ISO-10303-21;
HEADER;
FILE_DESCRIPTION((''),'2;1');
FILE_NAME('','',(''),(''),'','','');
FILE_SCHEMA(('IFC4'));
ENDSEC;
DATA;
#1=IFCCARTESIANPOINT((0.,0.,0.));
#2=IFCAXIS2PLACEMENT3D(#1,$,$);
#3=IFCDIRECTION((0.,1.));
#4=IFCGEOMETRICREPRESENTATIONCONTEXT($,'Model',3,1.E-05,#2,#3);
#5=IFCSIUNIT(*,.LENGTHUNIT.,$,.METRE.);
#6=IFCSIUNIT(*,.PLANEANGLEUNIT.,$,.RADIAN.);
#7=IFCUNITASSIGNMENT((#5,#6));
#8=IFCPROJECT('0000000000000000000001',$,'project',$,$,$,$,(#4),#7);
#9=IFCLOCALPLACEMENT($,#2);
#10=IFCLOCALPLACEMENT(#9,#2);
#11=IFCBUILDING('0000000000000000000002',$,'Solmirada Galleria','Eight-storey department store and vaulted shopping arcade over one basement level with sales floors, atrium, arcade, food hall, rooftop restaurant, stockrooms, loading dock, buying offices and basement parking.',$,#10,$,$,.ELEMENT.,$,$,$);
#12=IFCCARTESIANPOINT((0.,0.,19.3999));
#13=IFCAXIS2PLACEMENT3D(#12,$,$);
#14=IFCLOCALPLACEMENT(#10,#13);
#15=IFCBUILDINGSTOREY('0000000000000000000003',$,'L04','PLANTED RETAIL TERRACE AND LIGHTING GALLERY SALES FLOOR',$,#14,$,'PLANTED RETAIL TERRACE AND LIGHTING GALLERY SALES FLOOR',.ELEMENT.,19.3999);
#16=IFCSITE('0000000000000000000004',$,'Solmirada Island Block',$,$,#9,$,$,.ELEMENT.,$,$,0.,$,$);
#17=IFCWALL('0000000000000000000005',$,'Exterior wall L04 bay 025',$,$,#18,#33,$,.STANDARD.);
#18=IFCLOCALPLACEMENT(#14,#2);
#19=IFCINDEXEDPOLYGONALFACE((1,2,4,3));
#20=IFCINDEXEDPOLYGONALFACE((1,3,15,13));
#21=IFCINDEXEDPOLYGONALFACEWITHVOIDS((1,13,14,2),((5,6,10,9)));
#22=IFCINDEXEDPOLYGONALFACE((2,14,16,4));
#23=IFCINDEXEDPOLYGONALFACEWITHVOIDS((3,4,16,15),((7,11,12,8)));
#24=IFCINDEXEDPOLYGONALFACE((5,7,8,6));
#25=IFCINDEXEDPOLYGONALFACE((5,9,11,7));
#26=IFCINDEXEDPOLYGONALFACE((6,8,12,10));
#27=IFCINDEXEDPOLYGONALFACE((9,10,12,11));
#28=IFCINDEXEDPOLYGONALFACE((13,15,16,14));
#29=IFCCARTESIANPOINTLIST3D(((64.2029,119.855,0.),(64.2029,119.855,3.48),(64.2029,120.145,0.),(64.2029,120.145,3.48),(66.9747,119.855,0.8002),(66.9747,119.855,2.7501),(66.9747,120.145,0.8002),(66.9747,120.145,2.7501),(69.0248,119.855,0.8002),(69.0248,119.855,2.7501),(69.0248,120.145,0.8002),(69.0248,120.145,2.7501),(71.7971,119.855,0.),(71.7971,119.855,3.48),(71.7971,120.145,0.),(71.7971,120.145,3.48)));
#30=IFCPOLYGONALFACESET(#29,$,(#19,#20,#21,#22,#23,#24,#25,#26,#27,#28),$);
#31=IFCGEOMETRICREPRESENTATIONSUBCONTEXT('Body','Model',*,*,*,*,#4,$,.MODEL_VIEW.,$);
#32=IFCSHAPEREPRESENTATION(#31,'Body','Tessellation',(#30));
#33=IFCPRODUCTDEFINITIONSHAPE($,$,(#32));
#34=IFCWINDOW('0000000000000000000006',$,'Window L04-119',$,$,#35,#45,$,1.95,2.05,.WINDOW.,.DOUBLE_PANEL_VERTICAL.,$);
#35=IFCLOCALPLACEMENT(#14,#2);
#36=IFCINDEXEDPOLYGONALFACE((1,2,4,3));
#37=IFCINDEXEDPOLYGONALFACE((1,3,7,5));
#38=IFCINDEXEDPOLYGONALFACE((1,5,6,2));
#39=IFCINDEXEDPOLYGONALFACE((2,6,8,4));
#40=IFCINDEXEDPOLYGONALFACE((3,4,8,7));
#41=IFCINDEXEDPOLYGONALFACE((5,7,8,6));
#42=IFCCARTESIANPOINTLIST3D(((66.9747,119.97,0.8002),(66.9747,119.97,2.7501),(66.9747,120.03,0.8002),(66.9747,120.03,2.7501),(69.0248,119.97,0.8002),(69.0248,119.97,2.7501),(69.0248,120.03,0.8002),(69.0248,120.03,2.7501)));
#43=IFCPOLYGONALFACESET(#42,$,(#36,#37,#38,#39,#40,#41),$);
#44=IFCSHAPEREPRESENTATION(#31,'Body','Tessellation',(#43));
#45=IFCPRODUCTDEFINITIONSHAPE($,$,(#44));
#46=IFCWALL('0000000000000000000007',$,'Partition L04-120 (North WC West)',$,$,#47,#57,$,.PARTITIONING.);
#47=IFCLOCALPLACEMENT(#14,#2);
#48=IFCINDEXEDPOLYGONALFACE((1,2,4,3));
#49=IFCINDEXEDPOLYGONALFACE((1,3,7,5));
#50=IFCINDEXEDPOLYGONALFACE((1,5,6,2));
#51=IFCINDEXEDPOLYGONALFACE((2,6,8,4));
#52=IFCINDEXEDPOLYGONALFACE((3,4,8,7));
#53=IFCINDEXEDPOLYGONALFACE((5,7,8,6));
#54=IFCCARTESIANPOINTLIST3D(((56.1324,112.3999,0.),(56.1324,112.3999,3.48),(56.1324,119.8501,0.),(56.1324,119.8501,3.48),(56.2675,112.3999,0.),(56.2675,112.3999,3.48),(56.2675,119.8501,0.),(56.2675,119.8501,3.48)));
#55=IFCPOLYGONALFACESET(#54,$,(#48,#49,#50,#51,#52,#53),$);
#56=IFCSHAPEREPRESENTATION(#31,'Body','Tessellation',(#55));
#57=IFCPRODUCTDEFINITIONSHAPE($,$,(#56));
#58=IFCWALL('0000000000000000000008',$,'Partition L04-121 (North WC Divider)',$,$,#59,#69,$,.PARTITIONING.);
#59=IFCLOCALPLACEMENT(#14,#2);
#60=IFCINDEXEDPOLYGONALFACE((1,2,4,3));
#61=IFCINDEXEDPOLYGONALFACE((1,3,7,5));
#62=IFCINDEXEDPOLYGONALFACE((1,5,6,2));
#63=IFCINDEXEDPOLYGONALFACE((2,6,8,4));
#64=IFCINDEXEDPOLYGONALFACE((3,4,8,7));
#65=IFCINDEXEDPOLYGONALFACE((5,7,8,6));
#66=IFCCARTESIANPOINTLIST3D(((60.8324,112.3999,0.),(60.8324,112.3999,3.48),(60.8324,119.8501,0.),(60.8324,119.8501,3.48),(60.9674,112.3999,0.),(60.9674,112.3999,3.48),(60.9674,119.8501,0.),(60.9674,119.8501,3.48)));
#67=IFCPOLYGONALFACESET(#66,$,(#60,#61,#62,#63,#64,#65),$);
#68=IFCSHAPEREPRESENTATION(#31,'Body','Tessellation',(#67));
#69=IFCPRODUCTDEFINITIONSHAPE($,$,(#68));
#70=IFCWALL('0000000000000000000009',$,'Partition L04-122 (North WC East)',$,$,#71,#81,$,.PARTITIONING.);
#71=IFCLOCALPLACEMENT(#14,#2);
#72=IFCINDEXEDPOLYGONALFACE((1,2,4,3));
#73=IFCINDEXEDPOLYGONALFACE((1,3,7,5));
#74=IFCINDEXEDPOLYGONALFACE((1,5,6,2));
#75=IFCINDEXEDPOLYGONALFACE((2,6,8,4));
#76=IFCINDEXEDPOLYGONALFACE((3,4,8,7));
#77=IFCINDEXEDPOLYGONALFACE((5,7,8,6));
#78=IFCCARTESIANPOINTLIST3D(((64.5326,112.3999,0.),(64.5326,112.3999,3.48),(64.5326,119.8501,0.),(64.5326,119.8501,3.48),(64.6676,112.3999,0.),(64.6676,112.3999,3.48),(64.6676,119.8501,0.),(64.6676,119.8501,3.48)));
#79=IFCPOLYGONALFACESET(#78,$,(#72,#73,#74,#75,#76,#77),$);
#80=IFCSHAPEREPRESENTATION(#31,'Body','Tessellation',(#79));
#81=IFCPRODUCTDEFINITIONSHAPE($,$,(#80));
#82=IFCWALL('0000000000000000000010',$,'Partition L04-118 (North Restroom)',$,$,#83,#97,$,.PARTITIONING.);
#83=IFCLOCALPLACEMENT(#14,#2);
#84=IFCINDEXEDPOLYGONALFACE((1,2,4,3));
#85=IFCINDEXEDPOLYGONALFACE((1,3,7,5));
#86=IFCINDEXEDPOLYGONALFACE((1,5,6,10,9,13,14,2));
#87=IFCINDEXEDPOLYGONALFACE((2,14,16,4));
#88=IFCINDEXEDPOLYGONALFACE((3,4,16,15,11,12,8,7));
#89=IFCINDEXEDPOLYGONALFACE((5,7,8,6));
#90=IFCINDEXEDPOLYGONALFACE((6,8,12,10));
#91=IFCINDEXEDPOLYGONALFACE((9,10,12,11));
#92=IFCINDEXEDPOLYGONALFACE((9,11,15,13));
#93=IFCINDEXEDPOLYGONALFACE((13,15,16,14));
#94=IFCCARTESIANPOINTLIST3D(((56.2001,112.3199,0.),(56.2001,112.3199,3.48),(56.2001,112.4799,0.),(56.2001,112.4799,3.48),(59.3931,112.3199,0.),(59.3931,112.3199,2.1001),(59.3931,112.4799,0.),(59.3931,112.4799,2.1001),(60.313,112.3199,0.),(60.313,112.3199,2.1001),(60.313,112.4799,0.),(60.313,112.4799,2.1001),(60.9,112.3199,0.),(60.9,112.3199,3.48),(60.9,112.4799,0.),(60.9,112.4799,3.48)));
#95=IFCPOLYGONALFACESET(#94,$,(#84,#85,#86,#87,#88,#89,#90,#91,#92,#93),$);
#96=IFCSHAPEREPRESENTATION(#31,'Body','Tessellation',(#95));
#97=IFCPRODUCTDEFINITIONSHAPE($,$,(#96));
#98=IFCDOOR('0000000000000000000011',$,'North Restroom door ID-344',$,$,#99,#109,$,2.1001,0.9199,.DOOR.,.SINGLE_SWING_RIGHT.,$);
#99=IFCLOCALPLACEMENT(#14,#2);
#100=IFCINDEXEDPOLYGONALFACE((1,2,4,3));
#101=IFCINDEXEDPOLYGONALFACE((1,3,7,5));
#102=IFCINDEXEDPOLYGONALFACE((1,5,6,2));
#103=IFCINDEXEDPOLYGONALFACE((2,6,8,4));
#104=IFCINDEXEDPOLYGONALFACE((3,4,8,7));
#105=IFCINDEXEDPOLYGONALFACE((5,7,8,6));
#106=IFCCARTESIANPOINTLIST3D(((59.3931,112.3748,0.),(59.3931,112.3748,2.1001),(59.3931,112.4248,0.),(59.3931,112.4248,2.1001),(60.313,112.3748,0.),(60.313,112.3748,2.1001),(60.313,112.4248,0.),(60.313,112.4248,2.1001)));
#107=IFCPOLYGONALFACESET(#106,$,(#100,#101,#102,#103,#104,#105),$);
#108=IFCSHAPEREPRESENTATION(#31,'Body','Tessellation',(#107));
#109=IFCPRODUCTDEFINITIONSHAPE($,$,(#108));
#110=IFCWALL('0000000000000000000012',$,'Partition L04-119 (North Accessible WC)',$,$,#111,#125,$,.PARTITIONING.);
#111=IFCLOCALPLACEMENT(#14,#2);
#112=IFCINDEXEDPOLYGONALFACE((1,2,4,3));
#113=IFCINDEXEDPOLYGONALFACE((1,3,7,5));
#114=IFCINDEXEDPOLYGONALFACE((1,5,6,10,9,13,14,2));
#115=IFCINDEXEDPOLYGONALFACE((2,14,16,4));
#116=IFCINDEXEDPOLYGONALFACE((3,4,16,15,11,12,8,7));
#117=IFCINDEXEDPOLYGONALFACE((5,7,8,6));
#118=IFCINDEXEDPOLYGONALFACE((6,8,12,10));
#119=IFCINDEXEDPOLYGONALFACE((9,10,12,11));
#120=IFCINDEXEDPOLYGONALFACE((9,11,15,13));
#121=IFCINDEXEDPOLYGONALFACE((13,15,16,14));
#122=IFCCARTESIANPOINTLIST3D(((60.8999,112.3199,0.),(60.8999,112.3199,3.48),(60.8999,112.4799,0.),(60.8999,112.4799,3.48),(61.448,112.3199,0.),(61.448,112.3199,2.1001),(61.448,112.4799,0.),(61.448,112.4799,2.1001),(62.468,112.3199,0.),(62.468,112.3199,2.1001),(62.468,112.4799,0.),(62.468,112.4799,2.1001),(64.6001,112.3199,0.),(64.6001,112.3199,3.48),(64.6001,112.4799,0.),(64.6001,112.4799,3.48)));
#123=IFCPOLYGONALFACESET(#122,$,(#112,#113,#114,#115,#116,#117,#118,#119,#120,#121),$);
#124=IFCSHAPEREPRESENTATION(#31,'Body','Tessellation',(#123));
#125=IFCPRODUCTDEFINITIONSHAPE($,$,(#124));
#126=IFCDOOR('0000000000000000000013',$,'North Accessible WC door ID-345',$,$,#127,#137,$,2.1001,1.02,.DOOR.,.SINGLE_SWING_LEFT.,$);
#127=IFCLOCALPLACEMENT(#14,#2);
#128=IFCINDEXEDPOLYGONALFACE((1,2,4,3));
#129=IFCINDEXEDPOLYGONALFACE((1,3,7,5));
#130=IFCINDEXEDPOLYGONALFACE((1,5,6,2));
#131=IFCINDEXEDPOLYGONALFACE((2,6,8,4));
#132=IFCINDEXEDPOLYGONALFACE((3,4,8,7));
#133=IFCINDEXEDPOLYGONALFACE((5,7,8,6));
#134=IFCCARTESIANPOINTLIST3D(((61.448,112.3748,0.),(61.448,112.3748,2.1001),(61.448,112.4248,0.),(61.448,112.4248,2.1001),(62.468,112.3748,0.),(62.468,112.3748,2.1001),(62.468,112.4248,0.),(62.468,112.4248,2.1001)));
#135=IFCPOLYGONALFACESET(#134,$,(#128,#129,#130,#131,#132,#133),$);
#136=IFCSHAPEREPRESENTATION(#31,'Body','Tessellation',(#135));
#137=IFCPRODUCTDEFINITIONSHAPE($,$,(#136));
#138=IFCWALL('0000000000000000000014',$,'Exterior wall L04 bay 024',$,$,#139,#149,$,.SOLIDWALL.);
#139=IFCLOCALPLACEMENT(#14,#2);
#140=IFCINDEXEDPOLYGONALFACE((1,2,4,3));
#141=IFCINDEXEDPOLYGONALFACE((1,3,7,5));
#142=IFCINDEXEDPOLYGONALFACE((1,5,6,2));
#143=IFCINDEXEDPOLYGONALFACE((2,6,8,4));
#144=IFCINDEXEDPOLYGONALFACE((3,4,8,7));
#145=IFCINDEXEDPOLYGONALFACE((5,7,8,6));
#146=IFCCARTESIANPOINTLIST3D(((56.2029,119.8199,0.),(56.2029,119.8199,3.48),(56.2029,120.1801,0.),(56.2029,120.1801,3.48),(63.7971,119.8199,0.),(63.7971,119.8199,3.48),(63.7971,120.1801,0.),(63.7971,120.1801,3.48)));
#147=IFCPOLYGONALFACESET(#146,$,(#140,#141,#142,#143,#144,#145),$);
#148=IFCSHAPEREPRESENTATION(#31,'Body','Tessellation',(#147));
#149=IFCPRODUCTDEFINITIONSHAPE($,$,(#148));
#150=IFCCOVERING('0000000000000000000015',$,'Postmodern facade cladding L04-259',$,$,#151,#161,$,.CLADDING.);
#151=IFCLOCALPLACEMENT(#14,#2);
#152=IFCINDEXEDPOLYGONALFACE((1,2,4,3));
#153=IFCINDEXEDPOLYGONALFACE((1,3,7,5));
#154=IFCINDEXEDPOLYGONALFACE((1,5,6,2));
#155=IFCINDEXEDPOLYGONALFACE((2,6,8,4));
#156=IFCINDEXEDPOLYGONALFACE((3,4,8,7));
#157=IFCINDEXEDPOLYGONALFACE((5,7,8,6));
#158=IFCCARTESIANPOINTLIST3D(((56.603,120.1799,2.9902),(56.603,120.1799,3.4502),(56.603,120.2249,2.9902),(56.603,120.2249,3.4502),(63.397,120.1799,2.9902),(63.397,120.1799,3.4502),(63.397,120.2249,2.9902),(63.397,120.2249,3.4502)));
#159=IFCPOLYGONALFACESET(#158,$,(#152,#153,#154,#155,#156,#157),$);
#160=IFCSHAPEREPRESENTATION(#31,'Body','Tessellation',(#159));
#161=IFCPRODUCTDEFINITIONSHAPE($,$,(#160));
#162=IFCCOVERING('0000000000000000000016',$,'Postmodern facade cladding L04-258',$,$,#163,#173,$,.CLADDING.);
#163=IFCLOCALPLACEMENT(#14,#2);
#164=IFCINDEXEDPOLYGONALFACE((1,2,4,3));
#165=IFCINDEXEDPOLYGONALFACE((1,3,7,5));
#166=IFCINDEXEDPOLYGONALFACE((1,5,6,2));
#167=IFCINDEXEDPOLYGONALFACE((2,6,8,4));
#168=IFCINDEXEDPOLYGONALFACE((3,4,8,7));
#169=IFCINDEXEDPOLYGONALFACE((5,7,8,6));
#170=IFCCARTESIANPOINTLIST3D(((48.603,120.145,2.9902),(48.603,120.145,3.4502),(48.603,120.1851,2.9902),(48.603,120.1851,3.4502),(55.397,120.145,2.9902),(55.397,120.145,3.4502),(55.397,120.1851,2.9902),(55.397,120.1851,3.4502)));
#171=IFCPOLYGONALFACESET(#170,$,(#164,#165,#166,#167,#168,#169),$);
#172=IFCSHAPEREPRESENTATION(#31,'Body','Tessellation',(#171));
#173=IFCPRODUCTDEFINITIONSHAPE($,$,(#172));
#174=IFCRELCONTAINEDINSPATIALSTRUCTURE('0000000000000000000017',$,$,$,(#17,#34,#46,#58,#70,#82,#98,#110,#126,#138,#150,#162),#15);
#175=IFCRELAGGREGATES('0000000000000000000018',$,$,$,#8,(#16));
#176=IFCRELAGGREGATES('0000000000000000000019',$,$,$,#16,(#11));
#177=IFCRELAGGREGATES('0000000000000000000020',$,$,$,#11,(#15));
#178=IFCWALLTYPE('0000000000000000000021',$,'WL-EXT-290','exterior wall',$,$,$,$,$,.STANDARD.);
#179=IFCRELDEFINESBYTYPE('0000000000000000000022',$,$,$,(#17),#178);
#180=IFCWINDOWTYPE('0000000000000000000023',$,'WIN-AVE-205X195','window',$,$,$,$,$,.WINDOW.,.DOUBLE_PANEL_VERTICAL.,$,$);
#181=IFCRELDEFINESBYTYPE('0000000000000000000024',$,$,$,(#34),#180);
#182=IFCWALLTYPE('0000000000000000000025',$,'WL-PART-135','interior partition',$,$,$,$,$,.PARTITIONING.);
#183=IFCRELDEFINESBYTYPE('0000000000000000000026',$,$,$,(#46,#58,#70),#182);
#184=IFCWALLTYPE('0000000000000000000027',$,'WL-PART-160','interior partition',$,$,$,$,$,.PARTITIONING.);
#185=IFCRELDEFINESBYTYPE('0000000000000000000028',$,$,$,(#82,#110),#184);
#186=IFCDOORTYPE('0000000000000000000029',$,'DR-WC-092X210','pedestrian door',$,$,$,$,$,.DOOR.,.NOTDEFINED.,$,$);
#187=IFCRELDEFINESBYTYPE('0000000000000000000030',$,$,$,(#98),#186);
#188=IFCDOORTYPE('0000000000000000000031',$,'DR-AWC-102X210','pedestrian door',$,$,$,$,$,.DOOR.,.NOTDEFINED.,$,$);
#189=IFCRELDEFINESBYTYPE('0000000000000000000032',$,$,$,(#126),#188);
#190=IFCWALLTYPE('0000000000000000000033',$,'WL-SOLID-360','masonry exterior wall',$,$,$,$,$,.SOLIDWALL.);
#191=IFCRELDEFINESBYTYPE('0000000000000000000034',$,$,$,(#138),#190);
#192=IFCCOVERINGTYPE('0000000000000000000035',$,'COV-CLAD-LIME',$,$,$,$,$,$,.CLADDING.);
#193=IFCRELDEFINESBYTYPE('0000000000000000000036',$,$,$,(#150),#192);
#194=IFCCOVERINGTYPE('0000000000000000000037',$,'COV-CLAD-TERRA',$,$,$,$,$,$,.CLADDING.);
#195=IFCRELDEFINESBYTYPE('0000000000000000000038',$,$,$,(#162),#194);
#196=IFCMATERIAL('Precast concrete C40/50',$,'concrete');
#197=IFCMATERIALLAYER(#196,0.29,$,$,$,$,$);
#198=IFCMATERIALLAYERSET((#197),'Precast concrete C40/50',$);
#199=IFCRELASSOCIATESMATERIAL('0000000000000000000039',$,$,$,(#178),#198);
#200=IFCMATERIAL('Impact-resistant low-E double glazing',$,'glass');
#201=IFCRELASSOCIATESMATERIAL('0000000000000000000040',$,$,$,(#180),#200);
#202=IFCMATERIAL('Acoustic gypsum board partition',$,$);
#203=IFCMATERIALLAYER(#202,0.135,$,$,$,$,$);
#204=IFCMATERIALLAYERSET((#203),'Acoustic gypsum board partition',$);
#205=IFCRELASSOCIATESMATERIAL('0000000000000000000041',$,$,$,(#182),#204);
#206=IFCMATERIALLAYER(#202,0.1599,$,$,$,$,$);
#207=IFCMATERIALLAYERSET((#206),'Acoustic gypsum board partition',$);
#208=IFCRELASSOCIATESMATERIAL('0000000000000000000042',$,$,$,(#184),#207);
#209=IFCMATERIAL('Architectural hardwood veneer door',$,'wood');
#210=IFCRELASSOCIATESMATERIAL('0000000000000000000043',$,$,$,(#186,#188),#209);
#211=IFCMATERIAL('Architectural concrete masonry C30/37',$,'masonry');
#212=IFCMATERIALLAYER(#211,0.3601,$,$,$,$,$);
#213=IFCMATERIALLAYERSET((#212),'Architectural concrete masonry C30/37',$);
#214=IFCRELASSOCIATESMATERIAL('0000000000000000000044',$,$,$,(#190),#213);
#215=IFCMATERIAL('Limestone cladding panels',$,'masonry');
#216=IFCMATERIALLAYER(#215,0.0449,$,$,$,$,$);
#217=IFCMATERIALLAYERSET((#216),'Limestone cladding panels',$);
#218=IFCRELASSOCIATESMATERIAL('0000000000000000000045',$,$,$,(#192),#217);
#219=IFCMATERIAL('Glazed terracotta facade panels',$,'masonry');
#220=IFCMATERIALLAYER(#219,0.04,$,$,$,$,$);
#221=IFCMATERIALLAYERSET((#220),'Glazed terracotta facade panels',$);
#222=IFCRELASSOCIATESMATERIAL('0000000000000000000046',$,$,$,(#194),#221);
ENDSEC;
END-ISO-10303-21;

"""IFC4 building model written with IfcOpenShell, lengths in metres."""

from ifc_helpers import new_model, si_unit, direction, frame, frame_2d, origin, origin_2d, place, context, subcontext, project, spatial, rectangle, extrude, material, layer, layer_set, type_object, element, fill, save


model = new_model("IFC4")

# Units and contexts
model_context = context("Model", 3, precision=1e-05, world=origin(), true_north=direction((0.0, 1.0)))
body_context = subcontext(model_context, "Body", "Model", "MODEL_VIEW")
ifc_project = project(units=[si_unit("LENGTHUNIT", "METRE"), si_unit("PLANEANGLEUNIT", "RADIAN")], contexts=[model_context])

# Site, building, storey
site_placement = place(None, origin())
site = spatial("IfcSite", under=ifc_project, at=site_placement, Name="Solmirada Island Block", CompositionType="ELEMENT", RefElevation=0.0)
building_placement = place(site_placement, origin())
building = spatial("IfcBuilding", under=site, at=building_placement, Name="Solmirada Galleria", Description="Eight-storey department store and vaulted shopping arcade over one basement level with sales floors, atrium, arcade, food hall, rooftop restaurant, stockrooms, loading dock, buying offices and basement parking.", CompositionType="ELEMENT")
storey_placement = place(building_placement, frame((0.0, 0.0, 19.3999)))
storey = spatial("IfcBuildingStorey", under=building, at=storey_placement, Name="L04", Description="PLANTED RETAIL TERRACE AND LIGHTING GALLERY SALES FLOOR", LongName="PLANTED RETAIL TERRACE AND LIGHTING GALLERY SALES FLOOR", CompositionType="ELEMENT", Elevation=19.3999)

# Wall, opening, window
ifc_material_1 = material(Name="Precast concrete C40/50", Category="concrete")
ifc_layer_1 = layer(ifc_material_1, 0.29)
ifc_layer_set_1 = layer_set([ifc_layer_1], Name="Precast concrete C40/50")
wall_type_1 = type_object("IfcWallType", Name="WL-EXT-290", Description="exterior wall", PredefinedType="STANDARD", material=ifc_layer_set_1)
wall_1_placement = place(storey_placement, frame((64.2029, 120.0, 0.0), z_axis=(0.0, 0.0, 1.0), x_axis=(1.0, 0.0, 0.0)))
wall_1 = element("IfcWall", 1, at=wall_1_placement, inside=storey, type_object=wall_type_1, Name="Exterior wall L04 bay 025", PredefinedType="STANDARD", context=body_context, shape_type="SweptSolid", body=[
    extrude(rectangle(XDim=7.5942, YDim=0.29, at=frame_2d((3.7971, 0.0))), origin(), (0.0, 0.0, 1.0), 3.48),
])
opening_1_placement = place(wall_1_placement, frame((2.772, 0.0, 0.8)))
opening_1 = element("IfcOpeningElement", 2, at=opening_1_placement, cuts=wall_1, PredefinedType="OPENING", context=body_context, shape_type="SweptSolid", body=[
    extrude(rectangle(XDim=2.05, YDim=1.95, at=frame_2d((1.0249, 0.9751))), frame((0.0, 0.155, 0.0), z_axis=(0.0, -1.0, 0.0), x_axis=(1.0, 0.0, 0.0)), (0.0, 0.0, 1.0), 0.3101),
])
ifc_material_2 = material(Name="Impact-resistant low-E double glazing", Category="glass")
window_type = type_object("IfcWindowType", Name="WIN-AVE-205X195", Description="window", PartitioningType="DOUBLE_PANEL_VERTICAL", PredefinedType="WINDOW", material=ifc_material_2)
window_placement = place(opening_1_placement, origin())
window = element("IfcWindow", 3, at=window_placement, inside=storey, type_object=window_type, Name="Window L04-119", OverallHeight=1.95, OverallWidth=2.05, PartitioningType="DOUBLE_PANEL_VERTICAL", PredefinedType="WINDOW", context=body_context, shape_type="SweptSolid", body=[
    extrude(rectangle(XDim=2.05, YDim=1.95, at=frame_2d((1.0249, 0.9751))), frame((0.0, 0.03, 0.0), z_axis=(0.0, -1.0, 0.0), x_axis=(1.0, 0.0, 0.0)), (0.0, 0.0, 1.0), 0.0601),
])
fill(opening_1, window)

# Walls
ifc_material_3 = material(Name="Acoustic gypsum board partition")
ifc_layer_2 = layer(ifc_material_3, 0.135)
ifc_layer_set_2 = layer_set([ifc_layer_2], Name="Acoustic gypsum board partition")
wall_type_2 = type_object("IfcWallType", Name="WL-PART-135", Description="interior partition", PredefinedType="PARTITIONING", material=ifc_layer_set_2)
for number, where, z_axis, x_axis, name in (
    (4, (56.2, 112.3999, 0.0), (0.0, 0.0, 1.0), (0.0, 1.0, 0.0), "Partition L04-120 (North WC West)"),
    (5, (60.8999, 112.3999, 0.0), (0.0, 0.0, 1.0), (0.0, 1.0, 0.0), "Partition L04-121 (North WC Divider)"),
    (6, (64.6001, 112.3999, 0.0), (0.0, 0.0, 1.0), (0.0, 1.0, 0.0), "Partition L04-122 (North WC East)"),
):
    element("IfcWall", number, at=place(storey_placement, frame(where, z_axis=z_axis, x_axis=x_axis)), inside=storey, type_object=wall_type_2, Name=name, PredefinedType="PARTITIONING", context=body_context, shape_type="SweptSolid", body=[
        extrude(rectangle(XDim=7.4502, YDim=0.135, at=frame_2d((3.7251, 0.0))), origin(), (0.0, 0.0, 1.0), 3.48),
    ])

# Walls, openings, doors
ifc_layer_3 = layer(ifc_material_3, 0.1599)
ifc_layer_set_3 = layer_set([ifc_layer_3], Name="Acoustic gypsum board partition")
wall_type_3 = type_object("IfcWallType", Name="WL-PART-160", Description="interior partition", PredefinedType="PARTITIONING", material=ifc_layer_set_3)
wall_2_placement = place(storey_placement, frame((56.2, 112.3999, 0.0), z_axis=(0.0, 0.0, 1.0), x_axis=(1.0, 0.0, 0.0)))
wall_2 = element("IfcWall", 7, at=wall_2_placement, inside=storey, type_object=wall_type_3, Name="Partition L04-118 (North Restroom)", PredefinedType="PARTITIONING", context=body_context, shape_type="SweptSolid", body=[
    extrude(rectangle(XDim=4.7, YDim=0.1599, at=frame_2d((2.3501, 0.0))), origin(), (0.0, 0.0, 1.0), 3.48),
])
opening_2_placement = place(wall_2_placement, frame((3.1931, 0.0, 0.0)))
opening_2 = element("IfcOpeningElement", 8, at=opening_2_placement, cuts=wall_2, PredefinedType="OPENING", context=body_context, shape_type="SweptSolid", body=[
    extrude(rectangle(XDim=0.9199, YDim=2.1001, at=frame_2d((0.46, 1.05))), frame((0.0, 0.0898, 0.0), z_axis=(0.0, -1.0, 0.0), x_axis=(1.0, 0.0, 0.0)), (0.0, 0.0, 1.0), 0.1799),
])
ifc_material_4 = material(Name="Architectural hardwood veneer door", Category="wood")
door_type_1 = type_object("IfcDoorType", Name="DR-WC-092X210", Description="pedestrian door", OperationType="NOTDEFINED", PredefinedType="DOOR", material=ifc_material_4)
door_1_placement = place(opening_2_placement, origin())
door_1 = element("IfcDoor", 9, at=door_1_placement, inside=storey, type_object=door_type_1, Name="North Restroom door ID-344", OperationType="SINGLE_SWING_RIGHT", OverallHeight=2.1001, OverallWidth=0.9199, PredefinedType="DOOR", context=body_context, shape_type="SweptSolid", body=[
    extrude(rectangle(XDim=0.9199, YDim=2.1001, at=frame_2d((0.46, 1.05))), frame((0.0, 0.0249, 0.0), z_axis=(0.0, -1.0, 0.0), x_axis=(1.0, 0.0, 0.0)), (0.0, 0.0, 1.0), 0.05),
])
fill(opening_2, door_1)
wall_3_placement = place(storey_placement, frame((60.8999, 112.3999, 0.0), z_axis=(0.0, 0.0, 1.0), x_axis=(1.0, 0.0, 0.0)))
wall_3 = element("IfcWall", 10, at=wall_3_placement, inside=storey, type_object=wall_type_3, Name="Partition L04-119 (North Accessible WC)", PredefinedType="PARTITIONING", context=body_context, shape_type="SweptSolid", body=[
    extrude(rectangle(XDim=3.7002, YDim=0.1599, at=frame_2d((1.8501, 0.0))), origin(), (0.0, 0.0, 1.0), 3.48),
])
opening_3_placement = place(wall_3_placement, frame((0.5481, 0.0, 0.0)))
opening_3 = element("IfcOpeningElement", 11, at=opening_3_placement, cuts=wall_3, PredefinedType="OPENING", context=body_context, shape_type="SweptSolid", body=[
    extrude(rectangle(XDim=1.02, YDim=2.1001, at=frame_2d((0.51, 1.05))), frame((0.0, 0.0898, 0.0), z_axis=(0.0, -1.0, 0.0), x_axis=(1.0, 0.0, 0.0)), (0.0, 0.0, 1.0), 0.1799),
])
door_type_2 = type_object("IfcDoorType", Name="DR-AWC-102X210", Description="pedestrian door", OperationType="NOTDEFINED", PredefinedType="DOOR", material=ifc_material_4)
door_2_placement = place(opening_3_placement, origin())
door_2 = element("IfcDoor", 12, at=door_2_placement, inside=storey, type_object=door_type_2, Name="North Accessible WC door ID-345", OperationType="SINGLE_SWING_LEFT", OverallHeight=2.1001, OverallWidth=1.02, PredefinedType="DOOR", context=body_context, shape_type="SweptSolid", body=[
    extrude(rectangle(XDim=1.02, YDim=2.1001, at=frame_2d((0.51, 1.05))), frame((0.0, 0.0249, 0.0), z_axis=(0.0, -1.0, 0.0), x_axis=(1.0, 0.0, 0.0)), (0.0, 0.0, 1.0), 0.05),
])
fill(opening_3, door_2)

# Wall
ifc_material_5 = material(Name="Architectural concrete masonry C30/37", Category="masonry")
ifc_layer_4 = layer(ifc_material_5, 0.3601)
ifc_layer_set_4 = layer_set([ifc_layer_4], Name="Architectural concrete masonry C30/37")
wall_type_4 = type_object("IfcWallType", Name="WL-SOLID-360", Description="masonry exterior wall", PredefinedType="SOLIDWALL", material=ifc_layer_set_4)
wall_4_placement = place(storey_placement, frame((56.2029, 120.0, 0.0), z_axis=(0.0, 0.0, 1.0), x_axis=(1.0, 0.0, 0.0)))
element("IfcWall", 13, at=wall_4_placement, inside=storey, type_object=wall_type_4, Name="Exterior wall L04 bay 024", PredefinedType="SOLIDWALL", context=body_context, shape_type="SweptSolid", body=[
    extrude(rectangle(XDim=7.5942, YDim=0.3601, at=frame_2d((3.7971, 0.0))), origin(), (0.0, 0.0, 1.0), 3.48),
])

# Coverings
ifc_material_6 = material(Name="Limestone cladding panels", Category="masonry")
ifc_layer_5 = layer(ifc_material_6, 0.0449)
ifc_layer_set_5 = layer_set([ifc_layer_5], Name="Limestone cladding panels")
covering_type_1 = type_object("IfcCoveringType", Name="COV-CLAD-LIME", PredefinedType="CLADDING", material=ifc_layer_set_5)
covering_1_placement = place(storey_placement, frame((60.0, 120.2024, 2.9902), z_axis=(0.0, 0.0, 1.0), x_axis=(1.0, 0.0, 0.0)))
element("IfcCovering", 14, at=covering_1_placement, inside=storey, type_object=covering_type_1, Name="Postmodern facade cladding L04-259", PredefinedType="CLADDING", context=body_context, shape_type="SweptSolid", body=[
    extrude(rectangle(XDim=6.7939, YDim=0.0449, at=origin_2d()), origin(), (0.0, 0.0, 1.0), 0.46),
])
ifc_material_7 = material(Name="Glazed terracotta facade panels", Category="masonry")
ifc_layer_6 = layer(ifc_material_7, 0.04)
ifc_layer_set_6 = layer_set([ifc_layer_6], Name="Glazed terracotta facade panels")
covering_type_2 = type_object("IfcCoveringType", Name="COV-CLAD-TERRA", PredefinedType="CLADDING", material=ifc_layer_set_6)
covering_2_placement = place(storey_placement, frame((52.0, 120.165, 2.9902), z_axis=(0.0, 0.0, 1.0), x_axis=(1.0, 0.0, 0.0)))
element("IfcCovering", 15, at=covering_2_placement, inside=storey, type_object=covering_type_2, Name="Postmodern facade cladding L04-258", PredefinedType="CLADDING", context=body_context, shape_type="SweptSolid", body=[
    extrude(rectangle(XDim=6.7939, YDim=0.04, at=origin_2d()), origin(), (0.0, 0.0, 1.0), 0.46),
])

save(model, "model.ifc")
